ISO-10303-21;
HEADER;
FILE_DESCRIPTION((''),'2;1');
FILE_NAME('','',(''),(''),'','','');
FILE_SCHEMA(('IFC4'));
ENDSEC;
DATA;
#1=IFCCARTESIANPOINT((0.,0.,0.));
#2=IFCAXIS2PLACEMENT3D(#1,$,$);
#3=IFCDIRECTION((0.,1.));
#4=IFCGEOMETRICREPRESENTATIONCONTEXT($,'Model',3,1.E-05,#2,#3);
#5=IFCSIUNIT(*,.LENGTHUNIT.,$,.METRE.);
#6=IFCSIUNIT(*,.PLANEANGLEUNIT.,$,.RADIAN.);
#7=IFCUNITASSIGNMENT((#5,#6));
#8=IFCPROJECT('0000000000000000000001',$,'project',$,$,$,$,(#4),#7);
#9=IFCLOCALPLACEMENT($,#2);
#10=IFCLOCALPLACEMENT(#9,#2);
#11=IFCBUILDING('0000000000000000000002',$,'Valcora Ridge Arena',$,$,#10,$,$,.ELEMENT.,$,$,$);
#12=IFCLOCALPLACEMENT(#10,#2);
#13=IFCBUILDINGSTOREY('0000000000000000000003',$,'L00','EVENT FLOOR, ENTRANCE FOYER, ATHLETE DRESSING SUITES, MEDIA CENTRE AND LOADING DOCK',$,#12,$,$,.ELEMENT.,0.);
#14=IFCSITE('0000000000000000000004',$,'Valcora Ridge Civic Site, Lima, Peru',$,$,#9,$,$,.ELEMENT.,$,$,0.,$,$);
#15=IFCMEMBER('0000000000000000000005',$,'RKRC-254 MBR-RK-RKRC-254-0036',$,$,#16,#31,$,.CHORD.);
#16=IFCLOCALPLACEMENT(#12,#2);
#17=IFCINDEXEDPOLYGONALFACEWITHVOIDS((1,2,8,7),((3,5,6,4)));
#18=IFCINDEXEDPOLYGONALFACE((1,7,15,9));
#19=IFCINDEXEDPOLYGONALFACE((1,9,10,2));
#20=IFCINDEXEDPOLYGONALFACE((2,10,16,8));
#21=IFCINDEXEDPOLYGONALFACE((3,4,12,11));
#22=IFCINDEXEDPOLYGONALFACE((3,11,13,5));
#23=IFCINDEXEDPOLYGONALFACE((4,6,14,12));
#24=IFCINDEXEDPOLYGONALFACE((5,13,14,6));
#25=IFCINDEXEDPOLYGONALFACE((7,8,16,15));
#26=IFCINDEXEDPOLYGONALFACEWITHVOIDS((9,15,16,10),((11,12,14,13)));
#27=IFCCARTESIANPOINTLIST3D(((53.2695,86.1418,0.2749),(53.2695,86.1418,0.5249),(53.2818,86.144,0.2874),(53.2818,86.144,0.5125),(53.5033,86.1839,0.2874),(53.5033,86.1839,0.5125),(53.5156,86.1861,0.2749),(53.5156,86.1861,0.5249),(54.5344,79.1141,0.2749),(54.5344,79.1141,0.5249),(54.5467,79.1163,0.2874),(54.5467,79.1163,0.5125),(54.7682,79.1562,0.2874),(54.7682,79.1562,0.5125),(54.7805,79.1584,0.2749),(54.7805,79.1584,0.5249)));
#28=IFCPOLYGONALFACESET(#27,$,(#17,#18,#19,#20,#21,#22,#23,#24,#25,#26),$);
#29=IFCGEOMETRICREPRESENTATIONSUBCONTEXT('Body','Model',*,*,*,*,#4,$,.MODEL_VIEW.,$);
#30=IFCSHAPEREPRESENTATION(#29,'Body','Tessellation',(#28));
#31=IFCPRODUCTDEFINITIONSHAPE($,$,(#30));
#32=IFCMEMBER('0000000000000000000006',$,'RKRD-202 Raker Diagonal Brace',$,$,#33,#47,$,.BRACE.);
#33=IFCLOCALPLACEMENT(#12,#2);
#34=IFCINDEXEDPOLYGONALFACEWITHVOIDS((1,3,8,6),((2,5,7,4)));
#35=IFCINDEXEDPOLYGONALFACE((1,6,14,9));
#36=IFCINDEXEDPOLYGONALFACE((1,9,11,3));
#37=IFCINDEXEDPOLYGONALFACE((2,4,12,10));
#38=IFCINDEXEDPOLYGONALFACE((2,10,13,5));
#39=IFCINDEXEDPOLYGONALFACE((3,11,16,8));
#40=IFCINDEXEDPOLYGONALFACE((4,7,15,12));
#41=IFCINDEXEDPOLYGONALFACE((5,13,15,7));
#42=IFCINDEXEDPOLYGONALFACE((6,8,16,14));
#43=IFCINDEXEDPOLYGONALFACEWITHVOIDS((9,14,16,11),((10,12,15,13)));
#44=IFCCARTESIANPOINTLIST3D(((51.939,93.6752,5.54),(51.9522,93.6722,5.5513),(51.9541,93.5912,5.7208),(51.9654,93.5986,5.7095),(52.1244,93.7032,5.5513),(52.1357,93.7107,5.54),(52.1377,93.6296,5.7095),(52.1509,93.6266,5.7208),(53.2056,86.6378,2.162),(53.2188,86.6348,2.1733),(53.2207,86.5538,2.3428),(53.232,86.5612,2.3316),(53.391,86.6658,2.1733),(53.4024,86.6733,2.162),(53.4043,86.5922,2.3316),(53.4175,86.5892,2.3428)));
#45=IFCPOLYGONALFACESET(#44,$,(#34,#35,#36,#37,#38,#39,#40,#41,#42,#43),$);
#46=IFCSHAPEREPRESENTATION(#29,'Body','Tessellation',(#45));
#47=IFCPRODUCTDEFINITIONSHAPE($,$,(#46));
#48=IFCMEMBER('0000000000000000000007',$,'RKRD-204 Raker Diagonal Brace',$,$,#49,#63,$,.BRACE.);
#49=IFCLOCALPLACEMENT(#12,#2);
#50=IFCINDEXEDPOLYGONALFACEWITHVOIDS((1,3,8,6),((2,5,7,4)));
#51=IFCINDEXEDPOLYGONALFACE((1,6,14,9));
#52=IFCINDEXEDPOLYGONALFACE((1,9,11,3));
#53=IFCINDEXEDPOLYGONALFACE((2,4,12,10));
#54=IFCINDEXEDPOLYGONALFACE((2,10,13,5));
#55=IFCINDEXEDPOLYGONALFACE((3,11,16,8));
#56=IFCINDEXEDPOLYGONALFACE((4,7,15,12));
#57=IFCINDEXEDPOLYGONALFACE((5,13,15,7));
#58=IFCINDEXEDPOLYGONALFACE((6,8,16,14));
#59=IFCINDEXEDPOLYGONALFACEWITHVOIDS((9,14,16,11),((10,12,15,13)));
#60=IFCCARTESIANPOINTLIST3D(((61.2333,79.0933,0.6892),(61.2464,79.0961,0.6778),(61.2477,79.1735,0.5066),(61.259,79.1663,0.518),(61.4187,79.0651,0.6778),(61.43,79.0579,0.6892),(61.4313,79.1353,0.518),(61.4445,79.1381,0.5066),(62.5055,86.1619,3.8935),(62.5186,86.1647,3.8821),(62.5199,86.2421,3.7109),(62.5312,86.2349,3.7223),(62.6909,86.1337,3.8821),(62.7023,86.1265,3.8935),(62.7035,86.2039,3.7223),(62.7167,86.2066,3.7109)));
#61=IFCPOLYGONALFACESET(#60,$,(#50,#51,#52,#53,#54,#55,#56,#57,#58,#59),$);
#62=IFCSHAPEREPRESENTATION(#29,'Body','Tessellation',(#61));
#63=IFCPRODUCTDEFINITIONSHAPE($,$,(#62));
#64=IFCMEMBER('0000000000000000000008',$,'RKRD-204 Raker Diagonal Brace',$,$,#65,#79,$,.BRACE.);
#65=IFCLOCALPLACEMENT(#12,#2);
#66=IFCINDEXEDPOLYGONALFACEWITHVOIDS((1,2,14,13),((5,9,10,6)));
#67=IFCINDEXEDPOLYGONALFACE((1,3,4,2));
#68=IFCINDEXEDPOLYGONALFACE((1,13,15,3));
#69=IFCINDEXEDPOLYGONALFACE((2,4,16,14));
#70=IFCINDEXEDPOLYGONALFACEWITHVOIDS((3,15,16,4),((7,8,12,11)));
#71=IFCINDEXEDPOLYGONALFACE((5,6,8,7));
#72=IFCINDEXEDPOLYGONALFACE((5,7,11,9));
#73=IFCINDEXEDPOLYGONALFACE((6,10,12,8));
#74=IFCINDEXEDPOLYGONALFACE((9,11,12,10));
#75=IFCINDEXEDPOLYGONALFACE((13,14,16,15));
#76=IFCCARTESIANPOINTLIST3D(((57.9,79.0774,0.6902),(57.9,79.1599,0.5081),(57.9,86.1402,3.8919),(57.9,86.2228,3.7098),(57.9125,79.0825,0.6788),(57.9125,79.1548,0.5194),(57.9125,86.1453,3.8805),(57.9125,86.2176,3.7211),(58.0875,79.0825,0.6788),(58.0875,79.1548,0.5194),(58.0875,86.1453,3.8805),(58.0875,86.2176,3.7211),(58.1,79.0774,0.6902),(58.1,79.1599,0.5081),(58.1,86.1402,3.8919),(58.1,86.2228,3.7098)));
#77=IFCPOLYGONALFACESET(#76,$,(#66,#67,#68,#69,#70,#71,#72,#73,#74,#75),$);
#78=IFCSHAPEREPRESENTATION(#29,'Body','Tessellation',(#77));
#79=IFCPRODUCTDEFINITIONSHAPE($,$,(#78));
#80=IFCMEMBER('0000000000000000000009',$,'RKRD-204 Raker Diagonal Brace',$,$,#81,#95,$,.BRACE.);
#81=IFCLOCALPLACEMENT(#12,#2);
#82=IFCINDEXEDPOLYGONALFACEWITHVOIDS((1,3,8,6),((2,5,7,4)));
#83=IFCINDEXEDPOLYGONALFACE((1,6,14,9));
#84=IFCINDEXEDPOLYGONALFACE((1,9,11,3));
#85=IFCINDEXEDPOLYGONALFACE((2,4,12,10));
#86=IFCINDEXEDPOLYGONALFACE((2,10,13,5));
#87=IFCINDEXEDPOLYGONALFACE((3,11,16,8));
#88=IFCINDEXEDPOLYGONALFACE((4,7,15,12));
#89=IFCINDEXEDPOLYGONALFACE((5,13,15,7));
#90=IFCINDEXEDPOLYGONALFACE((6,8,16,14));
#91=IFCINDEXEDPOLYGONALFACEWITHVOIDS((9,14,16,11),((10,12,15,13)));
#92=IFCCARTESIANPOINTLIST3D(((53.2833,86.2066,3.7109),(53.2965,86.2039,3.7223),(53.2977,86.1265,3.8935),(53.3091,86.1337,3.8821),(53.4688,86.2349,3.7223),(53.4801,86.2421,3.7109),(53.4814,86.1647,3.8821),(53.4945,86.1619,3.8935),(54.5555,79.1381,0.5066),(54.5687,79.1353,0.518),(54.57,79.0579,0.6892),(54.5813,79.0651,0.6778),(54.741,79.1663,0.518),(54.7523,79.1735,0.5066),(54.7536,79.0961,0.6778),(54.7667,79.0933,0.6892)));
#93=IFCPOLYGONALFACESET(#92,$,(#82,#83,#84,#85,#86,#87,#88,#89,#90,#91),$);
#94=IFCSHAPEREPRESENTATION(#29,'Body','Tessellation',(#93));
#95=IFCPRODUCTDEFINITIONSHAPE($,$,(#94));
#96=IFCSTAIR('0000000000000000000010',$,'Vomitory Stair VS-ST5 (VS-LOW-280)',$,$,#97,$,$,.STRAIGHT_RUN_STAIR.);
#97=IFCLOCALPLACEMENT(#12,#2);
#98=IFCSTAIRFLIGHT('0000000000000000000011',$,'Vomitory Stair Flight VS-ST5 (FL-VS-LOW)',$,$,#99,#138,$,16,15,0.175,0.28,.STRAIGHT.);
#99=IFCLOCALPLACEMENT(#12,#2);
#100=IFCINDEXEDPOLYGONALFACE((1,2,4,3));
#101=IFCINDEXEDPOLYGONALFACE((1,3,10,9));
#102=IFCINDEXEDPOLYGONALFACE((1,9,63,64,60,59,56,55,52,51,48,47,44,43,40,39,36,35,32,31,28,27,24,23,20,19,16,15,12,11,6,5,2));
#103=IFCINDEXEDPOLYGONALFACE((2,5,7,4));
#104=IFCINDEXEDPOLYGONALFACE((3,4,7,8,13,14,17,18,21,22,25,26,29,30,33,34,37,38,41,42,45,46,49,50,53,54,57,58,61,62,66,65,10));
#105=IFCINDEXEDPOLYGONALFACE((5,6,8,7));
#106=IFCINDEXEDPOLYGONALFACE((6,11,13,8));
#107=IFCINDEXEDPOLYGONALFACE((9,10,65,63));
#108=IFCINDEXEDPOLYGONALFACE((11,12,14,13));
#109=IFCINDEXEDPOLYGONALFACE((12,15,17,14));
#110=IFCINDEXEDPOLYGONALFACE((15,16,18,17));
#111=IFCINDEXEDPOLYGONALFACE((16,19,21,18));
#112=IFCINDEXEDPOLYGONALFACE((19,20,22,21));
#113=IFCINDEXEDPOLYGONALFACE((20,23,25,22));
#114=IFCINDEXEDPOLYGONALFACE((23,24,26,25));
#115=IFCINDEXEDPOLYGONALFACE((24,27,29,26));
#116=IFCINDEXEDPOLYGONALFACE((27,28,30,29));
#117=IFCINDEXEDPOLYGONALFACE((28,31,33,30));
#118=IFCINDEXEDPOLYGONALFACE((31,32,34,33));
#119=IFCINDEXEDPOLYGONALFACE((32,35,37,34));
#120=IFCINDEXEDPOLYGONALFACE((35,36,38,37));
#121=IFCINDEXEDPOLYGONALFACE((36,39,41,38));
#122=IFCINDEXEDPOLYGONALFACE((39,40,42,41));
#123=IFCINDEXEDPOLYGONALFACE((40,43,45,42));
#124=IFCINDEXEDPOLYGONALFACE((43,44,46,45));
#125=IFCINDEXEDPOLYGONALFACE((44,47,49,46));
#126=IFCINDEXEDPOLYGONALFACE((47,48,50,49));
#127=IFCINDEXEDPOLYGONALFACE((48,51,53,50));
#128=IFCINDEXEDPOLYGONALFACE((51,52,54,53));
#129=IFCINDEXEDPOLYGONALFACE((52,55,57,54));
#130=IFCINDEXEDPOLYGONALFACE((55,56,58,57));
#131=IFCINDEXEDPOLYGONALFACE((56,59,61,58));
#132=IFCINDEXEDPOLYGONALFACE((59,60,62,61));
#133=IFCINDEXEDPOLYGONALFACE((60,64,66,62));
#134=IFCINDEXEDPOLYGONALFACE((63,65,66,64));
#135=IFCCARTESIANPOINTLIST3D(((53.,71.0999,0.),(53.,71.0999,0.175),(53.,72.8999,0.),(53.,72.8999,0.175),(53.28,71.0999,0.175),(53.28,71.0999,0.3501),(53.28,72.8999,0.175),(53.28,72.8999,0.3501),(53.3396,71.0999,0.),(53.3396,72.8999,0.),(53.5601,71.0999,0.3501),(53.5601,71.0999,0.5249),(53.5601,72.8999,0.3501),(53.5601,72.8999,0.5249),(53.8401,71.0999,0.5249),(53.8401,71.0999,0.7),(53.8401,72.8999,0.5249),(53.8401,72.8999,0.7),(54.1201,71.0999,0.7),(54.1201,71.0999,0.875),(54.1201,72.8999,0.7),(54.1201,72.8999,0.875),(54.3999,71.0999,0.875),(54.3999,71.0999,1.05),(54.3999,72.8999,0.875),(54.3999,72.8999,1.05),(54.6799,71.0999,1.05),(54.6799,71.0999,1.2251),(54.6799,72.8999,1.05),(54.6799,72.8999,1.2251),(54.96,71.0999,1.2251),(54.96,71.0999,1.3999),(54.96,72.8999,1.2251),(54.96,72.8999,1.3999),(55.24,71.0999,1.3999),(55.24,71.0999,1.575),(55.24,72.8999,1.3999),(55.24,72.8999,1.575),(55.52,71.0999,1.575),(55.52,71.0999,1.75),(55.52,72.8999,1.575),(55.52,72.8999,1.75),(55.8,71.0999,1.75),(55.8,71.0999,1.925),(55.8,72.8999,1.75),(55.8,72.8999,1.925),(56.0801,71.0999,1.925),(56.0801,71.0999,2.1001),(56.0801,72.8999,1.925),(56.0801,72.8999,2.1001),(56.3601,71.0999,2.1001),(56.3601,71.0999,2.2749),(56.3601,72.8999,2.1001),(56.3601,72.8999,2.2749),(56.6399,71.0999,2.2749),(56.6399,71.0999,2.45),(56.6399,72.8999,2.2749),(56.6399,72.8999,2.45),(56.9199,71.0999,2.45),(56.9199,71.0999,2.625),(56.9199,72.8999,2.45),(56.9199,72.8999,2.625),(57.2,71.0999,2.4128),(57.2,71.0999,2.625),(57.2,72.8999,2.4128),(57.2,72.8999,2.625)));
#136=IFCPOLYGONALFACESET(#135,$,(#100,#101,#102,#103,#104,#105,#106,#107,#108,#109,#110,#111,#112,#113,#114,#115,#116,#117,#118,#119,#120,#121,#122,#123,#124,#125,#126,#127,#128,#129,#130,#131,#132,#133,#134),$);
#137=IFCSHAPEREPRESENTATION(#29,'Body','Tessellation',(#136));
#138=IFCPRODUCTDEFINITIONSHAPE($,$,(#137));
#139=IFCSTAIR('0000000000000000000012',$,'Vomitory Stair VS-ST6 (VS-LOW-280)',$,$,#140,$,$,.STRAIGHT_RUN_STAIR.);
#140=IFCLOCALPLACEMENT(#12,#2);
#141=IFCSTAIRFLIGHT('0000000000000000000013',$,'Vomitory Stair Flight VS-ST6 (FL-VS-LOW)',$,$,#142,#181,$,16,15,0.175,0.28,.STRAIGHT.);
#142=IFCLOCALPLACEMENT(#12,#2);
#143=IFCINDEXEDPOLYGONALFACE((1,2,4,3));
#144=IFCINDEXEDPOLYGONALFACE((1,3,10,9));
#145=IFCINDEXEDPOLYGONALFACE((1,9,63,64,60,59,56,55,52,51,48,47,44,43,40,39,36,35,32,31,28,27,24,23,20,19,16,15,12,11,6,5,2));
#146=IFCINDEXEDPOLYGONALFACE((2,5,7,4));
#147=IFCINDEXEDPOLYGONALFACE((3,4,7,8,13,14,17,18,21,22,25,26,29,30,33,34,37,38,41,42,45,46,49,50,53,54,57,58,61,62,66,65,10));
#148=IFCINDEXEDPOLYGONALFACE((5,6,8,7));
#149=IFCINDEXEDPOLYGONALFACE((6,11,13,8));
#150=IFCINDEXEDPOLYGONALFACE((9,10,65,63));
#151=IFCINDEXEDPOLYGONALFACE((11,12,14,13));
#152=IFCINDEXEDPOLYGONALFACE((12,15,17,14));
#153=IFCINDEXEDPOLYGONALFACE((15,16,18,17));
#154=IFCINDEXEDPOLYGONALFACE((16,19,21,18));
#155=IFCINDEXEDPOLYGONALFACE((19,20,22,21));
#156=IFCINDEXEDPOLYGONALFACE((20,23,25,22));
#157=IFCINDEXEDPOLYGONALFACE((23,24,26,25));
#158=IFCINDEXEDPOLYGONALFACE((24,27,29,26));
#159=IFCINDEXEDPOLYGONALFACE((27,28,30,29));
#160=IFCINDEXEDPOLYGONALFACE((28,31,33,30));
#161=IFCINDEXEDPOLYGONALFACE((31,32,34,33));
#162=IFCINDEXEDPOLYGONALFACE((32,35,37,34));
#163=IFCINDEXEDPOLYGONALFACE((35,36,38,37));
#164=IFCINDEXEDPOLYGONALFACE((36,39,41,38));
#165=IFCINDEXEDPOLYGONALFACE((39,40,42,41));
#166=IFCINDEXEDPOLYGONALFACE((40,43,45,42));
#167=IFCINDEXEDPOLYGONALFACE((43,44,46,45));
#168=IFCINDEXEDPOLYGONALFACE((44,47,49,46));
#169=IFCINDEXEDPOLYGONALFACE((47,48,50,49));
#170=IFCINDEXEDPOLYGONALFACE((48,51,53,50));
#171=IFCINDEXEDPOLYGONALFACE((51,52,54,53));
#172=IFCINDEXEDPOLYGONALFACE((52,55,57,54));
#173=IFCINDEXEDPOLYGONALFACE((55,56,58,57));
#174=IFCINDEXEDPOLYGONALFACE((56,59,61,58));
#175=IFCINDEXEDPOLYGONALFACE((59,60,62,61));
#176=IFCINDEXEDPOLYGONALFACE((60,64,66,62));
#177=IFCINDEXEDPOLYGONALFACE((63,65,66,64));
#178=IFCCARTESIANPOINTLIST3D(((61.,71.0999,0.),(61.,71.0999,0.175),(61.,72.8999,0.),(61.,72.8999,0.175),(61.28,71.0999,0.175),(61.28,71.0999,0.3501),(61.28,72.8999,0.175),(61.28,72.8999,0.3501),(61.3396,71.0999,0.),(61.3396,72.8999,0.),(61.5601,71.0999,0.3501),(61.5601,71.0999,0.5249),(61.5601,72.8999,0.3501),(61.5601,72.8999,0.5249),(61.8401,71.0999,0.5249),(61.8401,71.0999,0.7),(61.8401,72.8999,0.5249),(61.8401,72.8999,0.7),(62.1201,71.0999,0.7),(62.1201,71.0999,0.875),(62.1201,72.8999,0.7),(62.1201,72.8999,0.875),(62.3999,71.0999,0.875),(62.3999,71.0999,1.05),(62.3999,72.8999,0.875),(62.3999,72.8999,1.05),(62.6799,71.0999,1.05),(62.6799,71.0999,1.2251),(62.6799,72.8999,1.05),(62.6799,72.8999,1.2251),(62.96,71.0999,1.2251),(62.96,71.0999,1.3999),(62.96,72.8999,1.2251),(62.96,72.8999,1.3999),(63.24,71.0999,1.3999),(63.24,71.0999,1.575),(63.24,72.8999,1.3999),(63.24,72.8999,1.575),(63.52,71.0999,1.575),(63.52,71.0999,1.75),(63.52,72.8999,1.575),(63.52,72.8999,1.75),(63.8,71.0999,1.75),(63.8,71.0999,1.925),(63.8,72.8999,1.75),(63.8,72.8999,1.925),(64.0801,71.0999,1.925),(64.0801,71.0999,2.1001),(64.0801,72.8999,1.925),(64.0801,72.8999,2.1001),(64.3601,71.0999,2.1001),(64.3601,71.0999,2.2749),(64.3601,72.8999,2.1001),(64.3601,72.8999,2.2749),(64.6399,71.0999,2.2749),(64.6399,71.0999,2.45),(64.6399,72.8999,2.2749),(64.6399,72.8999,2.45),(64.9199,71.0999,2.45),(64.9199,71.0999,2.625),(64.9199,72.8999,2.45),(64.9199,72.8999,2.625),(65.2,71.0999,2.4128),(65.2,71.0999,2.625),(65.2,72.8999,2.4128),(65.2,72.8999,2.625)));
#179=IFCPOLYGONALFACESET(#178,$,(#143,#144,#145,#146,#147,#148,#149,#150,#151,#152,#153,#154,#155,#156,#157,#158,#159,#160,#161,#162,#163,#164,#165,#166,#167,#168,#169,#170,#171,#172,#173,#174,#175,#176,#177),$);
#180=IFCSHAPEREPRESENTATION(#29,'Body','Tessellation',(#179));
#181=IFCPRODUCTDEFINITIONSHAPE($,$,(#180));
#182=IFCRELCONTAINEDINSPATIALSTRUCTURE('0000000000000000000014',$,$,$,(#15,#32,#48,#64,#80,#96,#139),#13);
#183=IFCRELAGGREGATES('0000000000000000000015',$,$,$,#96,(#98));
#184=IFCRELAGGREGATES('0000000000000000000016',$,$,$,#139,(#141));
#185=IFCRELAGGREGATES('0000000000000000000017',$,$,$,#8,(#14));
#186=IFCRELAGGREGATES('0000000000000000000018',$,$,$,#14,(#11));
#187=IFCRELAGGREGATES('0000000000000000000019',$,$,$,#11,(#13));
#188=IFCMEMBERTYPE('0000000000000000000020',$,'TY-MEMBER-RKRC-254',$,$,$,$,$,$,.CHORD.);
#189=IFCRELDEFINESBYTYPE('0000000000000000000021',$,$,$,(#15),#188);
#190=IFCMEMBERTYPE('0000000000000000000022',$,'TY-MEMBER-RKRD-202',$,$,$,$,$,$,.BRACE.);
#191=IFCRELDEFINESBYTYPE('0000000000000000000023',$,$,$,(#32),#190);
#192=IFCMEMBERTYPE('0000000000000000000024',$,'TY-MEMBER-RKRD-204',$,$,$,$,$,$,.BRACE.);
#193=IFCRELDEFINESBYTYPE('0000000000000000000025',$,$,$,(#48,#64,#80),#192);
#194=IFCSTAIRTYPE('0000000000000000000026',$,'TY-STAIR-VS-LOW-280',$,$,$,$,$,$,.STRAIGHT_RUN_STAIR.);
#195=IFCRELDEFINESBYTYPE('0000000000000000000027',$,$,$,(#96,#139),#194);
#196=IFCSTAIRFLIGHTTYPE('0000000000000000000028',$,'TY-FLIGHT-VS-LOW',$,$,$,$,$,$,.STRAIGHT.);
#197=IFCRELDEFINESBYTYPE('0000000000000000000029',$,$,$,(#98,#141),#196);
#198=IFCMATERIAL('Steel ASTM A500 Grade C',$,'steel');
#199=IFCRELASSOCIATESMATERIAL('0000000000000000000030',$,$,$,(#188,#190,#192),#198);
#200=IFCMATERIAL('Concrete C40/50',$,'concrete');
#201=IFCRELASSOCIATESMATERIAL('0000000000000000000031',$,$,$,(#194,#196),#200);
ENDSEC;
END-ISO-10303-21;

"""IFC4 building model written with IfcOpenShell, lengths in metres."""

from ifc_helpers import new_model, si_unit, direction, frame, origin, origin_2d, place, context, subcontext, project, spatial, polyline, hollow_rectangle, outline, extrude, material, material_profile, profile_set, type_object, element, aggregate, save


model = new_model("IFC4")

# Units and contexts
model_context = context("Model", 3, precision=1e-05, world=origin(), true_north=direction((0.0, 1.0)))
body_context = subcontext(model_context, "Body", "Model", "MODEL_VIEW")
ifc_project = project(units=[si_unit("LENGTHUNIT", "METRE"), si_unit("PLANEANGLEUNIT", "RADIAN")], contexts=[model_context])

# Site, building, storey
site_placement = place(None, origin())
site = spatial("IfcSite", under=ifc_project, at=site_placement, Name="Valcora Ridge Civic Site, Lima, Peru", CompositionType="ELEMENT", RefElevation=0.0)
building_placement = place(site_placement, origin())
building = spatial("IfcBuilding", under=site, at=building_placement, Name="Valcora Ridge Arena", CompositionType="ELEMENT")
storey_placement = place(building_placement, origin())
storey = spatial("IfcBuildingStorey", under=building, at=storey_placement, Name="L00", Description="EVENT FLOOR, ENTRANCE FOYER, ATHLETE DRESSING SUITES, MEDIA CENTRE AND LOADING DOCK", CompositionType="ELEMENT", Elevation=0.0)

# Shared definitions
ifc_material_1 = material(Name="Concrete C40/50", Category="concrete")

# Members
ifc_material_2 = material(Name="Steel ASTM A500 Grade C", Category="steel")
ifc_material_profile_1 = material_profile(ifc_material_2, hollow_rectangle(XDim=0.25, YDim=0.25, WallThickness=0.0125, at=origin_2d()), Name="HSS250X250X12")
ifc_profile_set_1 = profile_set([ifc_material_profile_1], Name="Steel ASTM A500 Grade C")
member_type_1 = type_object("IfcMemberType", Name="TY-MEMBER-RKRC-254", PredefinedType="CHORD", material=ifc_profile_set_1)
member_1_placement = place(storey_placement, frame((54.6575, 79.1362, 0.3999), z_axis=(-0.177143, 0.984185, 0.0), x_axis=(-0.984185, -0.177143, 0.0)))
element("IfcMember", 1, at=member_1_placement, inside=storey, type_object=member_type_1, Name="RKRC-254 MBR-RK-RKRC-254-0036", PredefinedType="CHORD", context=body_context, shape_type="SweptSolid", body=[
    extrude(hollow_rectangle(XDim=0.25, YDim=0.25, WallThickness=0.0125, at=origin_2d()), origin(), (0.0, 0.0, 1.0), 7.1406),
])
ifc_material_profile_2 = material_profile(ifc_material_2, hollow_rectangle(XDim=0.2, YDim=0.2, WallThickness=0.0125, at=origin_2d()), Name="HSS200X200X12")
ifc_profile_set_2 = profile_set([ifc_material_profile_2], Name="Steel ASTM A500 Grade C")
member_type_2 = type_object("IfcMemberType", Name="TY-MEMBER-RKRD-202", PredefinedType="BRACE", material=ifc_profile_set_2)
member_2_placement = place(storey_placement, frame((53.3115, 86.6135, 2.2524), z_axis=(-0.160164, 0.889885, 0.427145), x_axis=(-0.984186, -0.177136, 0.0)))
element("IfcMember", 2, at=member_2_placement, inside=storey, type_object=member_type_2, Name="RKRD-202 Raker Diagonal Brace", PredefinedType="BRACE", context=body_context, shape_type="SweptSolid", body=[
    extrude(hollow_rectangle(XDim=0.2, YDim=0.2, WallThickness=0.0125, at=origin_2d()), origin(), (0.0, 0.0, 1.0), 7.9082),
])
ifc_material_profile_3 = material_profile(ifc_material_2, hollow_rectangle(XDim=0.2, YDim=0.2, WallThickness=0.0125, at=origin_2d()), Name="HSS200X200X12")
ifc_profile_set_3 = profile_set([ifc_material_profile_3], Name="Steel ASTM A500 Grade C")
member_type_3 = type_object("IfcMemberType", Name="TY-MEMBER-RKRD-204", PredefinedType="BRACE", material=ifc_profile_set_3)
member_3_placement = place(storey_placement, frame((61.3389, 79.1157, 0.5979), z_axis=(0.161766, 0.89879, 0.40744), x_axis=(-0.984187, 0.177135, 0.0)))
element("IfcMember", 3, at=member_3_placement, inside=storey, type_object=member_type_3, Name="RKRD-204 Raker Diagonal Brace", PredefinedType="BRACE", context=body_context, shape_type="SweptSolid", body=[
    extrude(hollow_rectangle(XDim=0.2, YDim=0.2, WallThickness=0.0125, at=origin_2d()), origin(), (0.0, 0.0, 1.0), 7.8645),
])
member_4_placement = place(storey_placement, frame((58.0, 79.1187, 0.5991), z_axis=(0.0, 0.910788, 0.412875), x_axis=(-1.0, 0.0, 0.0)))
element("IfcMember", 4, at=member_4_placement, inside=storey, type_object=member_type_3, Name="RKRD-204 Raker Diagonal Brace", PredefinedType="BRACE", context=body_context, shape_type="SweptSolid", body=[
    extrude(hollow_rectangle(XDim=0.2, YDim=0.2, WallThickness=0.0125, at=origin_2d()), origin(), (0.0, 0.0, 1.0), 7.7546),
])
member_5_placement = place(storey_placement, frame((54.6611, 79.1157, 0.5979), z_axis=(-0.161766, 0.89879, 0.40744), x_axis=(-0.984187, -0.177135, 0.0)))
element("IfcMember", 5, at=member_5_placement, inside=storey, type_object=member_type_3, Name="RKRD-204 Raker Diagonal Brace", PredefinedType="BRACE", context=body_context, shape_type="SweptSolid", body=[
    extrude(hollow_rectangle(XDim=0.2, YDim=0.2, WallThickness=0.0125, at=origin_2d()), origin(), (0.0, 0.0, 1.0), 7.8645),
])

# Stairs, stair flights
stair_type = type_object("IfcStairType", Name="TY-STAIR-VS-LOW-280", PredefinedType="STRAIGHT_RUN_STAIR", material=ifc_material_1)
stair_1_placement = place(storey_placement, origin())
stair_1 = element("IfcStair", 6, at=stair_1_placement, inside=storey, type_object=stair_type, Name="Vomitory Stair VS-ST5 (VS-LOW-280)", PredefinedType="STRAIGHT_RUN_STAIR")
stair_flight_type = type_object("IfcStairFlightType", Name="TY-FLIGHT-VS-LOW", PredefinedType="STRAIGHT", material=ifc_material_1)
stair_flight_1_placement = place(storey_placement, frame((53.0, 72.0, 0.0), z_axis=(0.0, 0.0, 1.0), x_axis=(1.0, 0.0, 0.0)))
stair_flight_1 = element("IfcStairFlight", 7, at=stair_flight_1_placement, type_object=stair_flight_type, Name="Vomitory Stair Flight VS-ST5 (FL-VS-LOW)", NumberOfRisers=16, NumberOfTreads=15, PredefinedType="STRAIGHT", RiserHeight=0.175, TreadLength=0.28, context=body_context, shape_type="SweptSolid", body=[
    extrude(outline(polyline([(0.0, 0.0), (0.0, 0.175), (0.28, 0.175), (0.28, 0.3501), (0.5601, 0.3501), (0.5601, 0.5249), (0.8401, 0.5249), (0.8401, 0.7), (1.1201, 0.7), (1.1201, 0.875), (1.3999, 0.875), (1.3999, 1.05), (1.6799, 1.05), (1.6799, 1.2251), (1.96, 1.2251), (1.96, 1.3999), (2.24, 1.3999), (2.24, 1.575), (2.52, 1.575), (2.52, 1.75), (2.8, 1.75), (2.8, 1.925), (3.0801, 1.925), (3.0801, 2.1001), (3.3601, 2.1001), (3.3601, 2.2749), (3.6399, 2.2749), (3.6399, 2.45), (3.9199, 2.45), (3.9199, 2.625), (4.2, 2.625), (4.2, 2.8), (4.2, 2.4128), (0.3396, 0.0), (0.0, 0.0)])), frame((0.0, 0.8999, 0.0), z_axis=(0.0, -1.0, 0.0), x_axis=(1.0, 0.0, 0.0)), (0.0, 0.0, 1.0), 1.8),
])
aggregate(stair_1, [stair_flight_1])
stair_2_placement = place(storey_placement, origin())
stair_2 = element("IfcStair", 8, at=stair_2_placement, inside=storey, type_object=stair_type, Name="Vomitory Stair VS-ST6 (VS-LOW-280)", PredefinedType="STRAIGHT_RUN_STAIR")
stair_flight_2_placement = place(storey_placement, frame((61.0, 72.0, 0.0), z_axis=(0.0, 0.0, 1.0), x_axis=(1.0, 0.0, 0.0)))
stair_flight_2 = element("IfcStairFlight", 9, at=stair_flight_2_placement, type_object=stair_flight_type, Name="Vomitory Stair Flight VS-ST6 (FL-VS-LOW)", NumberOfRisers=16, NumberOfTreads=15, PredefinedType="STRAIGHT", RiserHeight=0.175, TreadLength=0.28, context=body_context, shape_type="SweptSolid", body=[
    extrude(outline(polyline([(0.0, 0.0), (0.0, 0.175), (0.28, 0.175), (0.28, 0.3501), (0.5601, 0.3501), (0.5601, 0.5249), (0.8401, 0.5249), (0.8401, 0.7), (1.1201, 0.7), (1.1201, 0.875), (1.3999, 0.875), (1.3999, 1.05), (1.6799, 1.05), (1.6799, 1.2251), (1.96, 1.2251), (1.96, 1.3999), (2.24, 1.3999), (2.24, 1.575), (2.52, 1.575), (2.52, 1.75), (2.8, 1.75), (2.8, 1.925), (3.0801, 1.925), (3.0801, 2.1001), (3.3601, 2.1001), (3.3601, 2.2749), (3.6399, 2.2749), (3.6399, 2.45), (3.9199, 2.45), (3.9199, 2.625), (4.2, 2.625), (4.2, 2.8), (4.2, 2.4128), (0.3396, 0.0), (0.0, 0.0)])), frame((0.0, 0.8999, 0.0), z_axis=(0.0, -1.0, 0.0), x_axis=(1.0, 0.0, 0.0)), (0.0, 0.0, 1.0), 1.8),
])
aggregate(stair_2, [stair_flight_2])

save(model, "model.ifc")
